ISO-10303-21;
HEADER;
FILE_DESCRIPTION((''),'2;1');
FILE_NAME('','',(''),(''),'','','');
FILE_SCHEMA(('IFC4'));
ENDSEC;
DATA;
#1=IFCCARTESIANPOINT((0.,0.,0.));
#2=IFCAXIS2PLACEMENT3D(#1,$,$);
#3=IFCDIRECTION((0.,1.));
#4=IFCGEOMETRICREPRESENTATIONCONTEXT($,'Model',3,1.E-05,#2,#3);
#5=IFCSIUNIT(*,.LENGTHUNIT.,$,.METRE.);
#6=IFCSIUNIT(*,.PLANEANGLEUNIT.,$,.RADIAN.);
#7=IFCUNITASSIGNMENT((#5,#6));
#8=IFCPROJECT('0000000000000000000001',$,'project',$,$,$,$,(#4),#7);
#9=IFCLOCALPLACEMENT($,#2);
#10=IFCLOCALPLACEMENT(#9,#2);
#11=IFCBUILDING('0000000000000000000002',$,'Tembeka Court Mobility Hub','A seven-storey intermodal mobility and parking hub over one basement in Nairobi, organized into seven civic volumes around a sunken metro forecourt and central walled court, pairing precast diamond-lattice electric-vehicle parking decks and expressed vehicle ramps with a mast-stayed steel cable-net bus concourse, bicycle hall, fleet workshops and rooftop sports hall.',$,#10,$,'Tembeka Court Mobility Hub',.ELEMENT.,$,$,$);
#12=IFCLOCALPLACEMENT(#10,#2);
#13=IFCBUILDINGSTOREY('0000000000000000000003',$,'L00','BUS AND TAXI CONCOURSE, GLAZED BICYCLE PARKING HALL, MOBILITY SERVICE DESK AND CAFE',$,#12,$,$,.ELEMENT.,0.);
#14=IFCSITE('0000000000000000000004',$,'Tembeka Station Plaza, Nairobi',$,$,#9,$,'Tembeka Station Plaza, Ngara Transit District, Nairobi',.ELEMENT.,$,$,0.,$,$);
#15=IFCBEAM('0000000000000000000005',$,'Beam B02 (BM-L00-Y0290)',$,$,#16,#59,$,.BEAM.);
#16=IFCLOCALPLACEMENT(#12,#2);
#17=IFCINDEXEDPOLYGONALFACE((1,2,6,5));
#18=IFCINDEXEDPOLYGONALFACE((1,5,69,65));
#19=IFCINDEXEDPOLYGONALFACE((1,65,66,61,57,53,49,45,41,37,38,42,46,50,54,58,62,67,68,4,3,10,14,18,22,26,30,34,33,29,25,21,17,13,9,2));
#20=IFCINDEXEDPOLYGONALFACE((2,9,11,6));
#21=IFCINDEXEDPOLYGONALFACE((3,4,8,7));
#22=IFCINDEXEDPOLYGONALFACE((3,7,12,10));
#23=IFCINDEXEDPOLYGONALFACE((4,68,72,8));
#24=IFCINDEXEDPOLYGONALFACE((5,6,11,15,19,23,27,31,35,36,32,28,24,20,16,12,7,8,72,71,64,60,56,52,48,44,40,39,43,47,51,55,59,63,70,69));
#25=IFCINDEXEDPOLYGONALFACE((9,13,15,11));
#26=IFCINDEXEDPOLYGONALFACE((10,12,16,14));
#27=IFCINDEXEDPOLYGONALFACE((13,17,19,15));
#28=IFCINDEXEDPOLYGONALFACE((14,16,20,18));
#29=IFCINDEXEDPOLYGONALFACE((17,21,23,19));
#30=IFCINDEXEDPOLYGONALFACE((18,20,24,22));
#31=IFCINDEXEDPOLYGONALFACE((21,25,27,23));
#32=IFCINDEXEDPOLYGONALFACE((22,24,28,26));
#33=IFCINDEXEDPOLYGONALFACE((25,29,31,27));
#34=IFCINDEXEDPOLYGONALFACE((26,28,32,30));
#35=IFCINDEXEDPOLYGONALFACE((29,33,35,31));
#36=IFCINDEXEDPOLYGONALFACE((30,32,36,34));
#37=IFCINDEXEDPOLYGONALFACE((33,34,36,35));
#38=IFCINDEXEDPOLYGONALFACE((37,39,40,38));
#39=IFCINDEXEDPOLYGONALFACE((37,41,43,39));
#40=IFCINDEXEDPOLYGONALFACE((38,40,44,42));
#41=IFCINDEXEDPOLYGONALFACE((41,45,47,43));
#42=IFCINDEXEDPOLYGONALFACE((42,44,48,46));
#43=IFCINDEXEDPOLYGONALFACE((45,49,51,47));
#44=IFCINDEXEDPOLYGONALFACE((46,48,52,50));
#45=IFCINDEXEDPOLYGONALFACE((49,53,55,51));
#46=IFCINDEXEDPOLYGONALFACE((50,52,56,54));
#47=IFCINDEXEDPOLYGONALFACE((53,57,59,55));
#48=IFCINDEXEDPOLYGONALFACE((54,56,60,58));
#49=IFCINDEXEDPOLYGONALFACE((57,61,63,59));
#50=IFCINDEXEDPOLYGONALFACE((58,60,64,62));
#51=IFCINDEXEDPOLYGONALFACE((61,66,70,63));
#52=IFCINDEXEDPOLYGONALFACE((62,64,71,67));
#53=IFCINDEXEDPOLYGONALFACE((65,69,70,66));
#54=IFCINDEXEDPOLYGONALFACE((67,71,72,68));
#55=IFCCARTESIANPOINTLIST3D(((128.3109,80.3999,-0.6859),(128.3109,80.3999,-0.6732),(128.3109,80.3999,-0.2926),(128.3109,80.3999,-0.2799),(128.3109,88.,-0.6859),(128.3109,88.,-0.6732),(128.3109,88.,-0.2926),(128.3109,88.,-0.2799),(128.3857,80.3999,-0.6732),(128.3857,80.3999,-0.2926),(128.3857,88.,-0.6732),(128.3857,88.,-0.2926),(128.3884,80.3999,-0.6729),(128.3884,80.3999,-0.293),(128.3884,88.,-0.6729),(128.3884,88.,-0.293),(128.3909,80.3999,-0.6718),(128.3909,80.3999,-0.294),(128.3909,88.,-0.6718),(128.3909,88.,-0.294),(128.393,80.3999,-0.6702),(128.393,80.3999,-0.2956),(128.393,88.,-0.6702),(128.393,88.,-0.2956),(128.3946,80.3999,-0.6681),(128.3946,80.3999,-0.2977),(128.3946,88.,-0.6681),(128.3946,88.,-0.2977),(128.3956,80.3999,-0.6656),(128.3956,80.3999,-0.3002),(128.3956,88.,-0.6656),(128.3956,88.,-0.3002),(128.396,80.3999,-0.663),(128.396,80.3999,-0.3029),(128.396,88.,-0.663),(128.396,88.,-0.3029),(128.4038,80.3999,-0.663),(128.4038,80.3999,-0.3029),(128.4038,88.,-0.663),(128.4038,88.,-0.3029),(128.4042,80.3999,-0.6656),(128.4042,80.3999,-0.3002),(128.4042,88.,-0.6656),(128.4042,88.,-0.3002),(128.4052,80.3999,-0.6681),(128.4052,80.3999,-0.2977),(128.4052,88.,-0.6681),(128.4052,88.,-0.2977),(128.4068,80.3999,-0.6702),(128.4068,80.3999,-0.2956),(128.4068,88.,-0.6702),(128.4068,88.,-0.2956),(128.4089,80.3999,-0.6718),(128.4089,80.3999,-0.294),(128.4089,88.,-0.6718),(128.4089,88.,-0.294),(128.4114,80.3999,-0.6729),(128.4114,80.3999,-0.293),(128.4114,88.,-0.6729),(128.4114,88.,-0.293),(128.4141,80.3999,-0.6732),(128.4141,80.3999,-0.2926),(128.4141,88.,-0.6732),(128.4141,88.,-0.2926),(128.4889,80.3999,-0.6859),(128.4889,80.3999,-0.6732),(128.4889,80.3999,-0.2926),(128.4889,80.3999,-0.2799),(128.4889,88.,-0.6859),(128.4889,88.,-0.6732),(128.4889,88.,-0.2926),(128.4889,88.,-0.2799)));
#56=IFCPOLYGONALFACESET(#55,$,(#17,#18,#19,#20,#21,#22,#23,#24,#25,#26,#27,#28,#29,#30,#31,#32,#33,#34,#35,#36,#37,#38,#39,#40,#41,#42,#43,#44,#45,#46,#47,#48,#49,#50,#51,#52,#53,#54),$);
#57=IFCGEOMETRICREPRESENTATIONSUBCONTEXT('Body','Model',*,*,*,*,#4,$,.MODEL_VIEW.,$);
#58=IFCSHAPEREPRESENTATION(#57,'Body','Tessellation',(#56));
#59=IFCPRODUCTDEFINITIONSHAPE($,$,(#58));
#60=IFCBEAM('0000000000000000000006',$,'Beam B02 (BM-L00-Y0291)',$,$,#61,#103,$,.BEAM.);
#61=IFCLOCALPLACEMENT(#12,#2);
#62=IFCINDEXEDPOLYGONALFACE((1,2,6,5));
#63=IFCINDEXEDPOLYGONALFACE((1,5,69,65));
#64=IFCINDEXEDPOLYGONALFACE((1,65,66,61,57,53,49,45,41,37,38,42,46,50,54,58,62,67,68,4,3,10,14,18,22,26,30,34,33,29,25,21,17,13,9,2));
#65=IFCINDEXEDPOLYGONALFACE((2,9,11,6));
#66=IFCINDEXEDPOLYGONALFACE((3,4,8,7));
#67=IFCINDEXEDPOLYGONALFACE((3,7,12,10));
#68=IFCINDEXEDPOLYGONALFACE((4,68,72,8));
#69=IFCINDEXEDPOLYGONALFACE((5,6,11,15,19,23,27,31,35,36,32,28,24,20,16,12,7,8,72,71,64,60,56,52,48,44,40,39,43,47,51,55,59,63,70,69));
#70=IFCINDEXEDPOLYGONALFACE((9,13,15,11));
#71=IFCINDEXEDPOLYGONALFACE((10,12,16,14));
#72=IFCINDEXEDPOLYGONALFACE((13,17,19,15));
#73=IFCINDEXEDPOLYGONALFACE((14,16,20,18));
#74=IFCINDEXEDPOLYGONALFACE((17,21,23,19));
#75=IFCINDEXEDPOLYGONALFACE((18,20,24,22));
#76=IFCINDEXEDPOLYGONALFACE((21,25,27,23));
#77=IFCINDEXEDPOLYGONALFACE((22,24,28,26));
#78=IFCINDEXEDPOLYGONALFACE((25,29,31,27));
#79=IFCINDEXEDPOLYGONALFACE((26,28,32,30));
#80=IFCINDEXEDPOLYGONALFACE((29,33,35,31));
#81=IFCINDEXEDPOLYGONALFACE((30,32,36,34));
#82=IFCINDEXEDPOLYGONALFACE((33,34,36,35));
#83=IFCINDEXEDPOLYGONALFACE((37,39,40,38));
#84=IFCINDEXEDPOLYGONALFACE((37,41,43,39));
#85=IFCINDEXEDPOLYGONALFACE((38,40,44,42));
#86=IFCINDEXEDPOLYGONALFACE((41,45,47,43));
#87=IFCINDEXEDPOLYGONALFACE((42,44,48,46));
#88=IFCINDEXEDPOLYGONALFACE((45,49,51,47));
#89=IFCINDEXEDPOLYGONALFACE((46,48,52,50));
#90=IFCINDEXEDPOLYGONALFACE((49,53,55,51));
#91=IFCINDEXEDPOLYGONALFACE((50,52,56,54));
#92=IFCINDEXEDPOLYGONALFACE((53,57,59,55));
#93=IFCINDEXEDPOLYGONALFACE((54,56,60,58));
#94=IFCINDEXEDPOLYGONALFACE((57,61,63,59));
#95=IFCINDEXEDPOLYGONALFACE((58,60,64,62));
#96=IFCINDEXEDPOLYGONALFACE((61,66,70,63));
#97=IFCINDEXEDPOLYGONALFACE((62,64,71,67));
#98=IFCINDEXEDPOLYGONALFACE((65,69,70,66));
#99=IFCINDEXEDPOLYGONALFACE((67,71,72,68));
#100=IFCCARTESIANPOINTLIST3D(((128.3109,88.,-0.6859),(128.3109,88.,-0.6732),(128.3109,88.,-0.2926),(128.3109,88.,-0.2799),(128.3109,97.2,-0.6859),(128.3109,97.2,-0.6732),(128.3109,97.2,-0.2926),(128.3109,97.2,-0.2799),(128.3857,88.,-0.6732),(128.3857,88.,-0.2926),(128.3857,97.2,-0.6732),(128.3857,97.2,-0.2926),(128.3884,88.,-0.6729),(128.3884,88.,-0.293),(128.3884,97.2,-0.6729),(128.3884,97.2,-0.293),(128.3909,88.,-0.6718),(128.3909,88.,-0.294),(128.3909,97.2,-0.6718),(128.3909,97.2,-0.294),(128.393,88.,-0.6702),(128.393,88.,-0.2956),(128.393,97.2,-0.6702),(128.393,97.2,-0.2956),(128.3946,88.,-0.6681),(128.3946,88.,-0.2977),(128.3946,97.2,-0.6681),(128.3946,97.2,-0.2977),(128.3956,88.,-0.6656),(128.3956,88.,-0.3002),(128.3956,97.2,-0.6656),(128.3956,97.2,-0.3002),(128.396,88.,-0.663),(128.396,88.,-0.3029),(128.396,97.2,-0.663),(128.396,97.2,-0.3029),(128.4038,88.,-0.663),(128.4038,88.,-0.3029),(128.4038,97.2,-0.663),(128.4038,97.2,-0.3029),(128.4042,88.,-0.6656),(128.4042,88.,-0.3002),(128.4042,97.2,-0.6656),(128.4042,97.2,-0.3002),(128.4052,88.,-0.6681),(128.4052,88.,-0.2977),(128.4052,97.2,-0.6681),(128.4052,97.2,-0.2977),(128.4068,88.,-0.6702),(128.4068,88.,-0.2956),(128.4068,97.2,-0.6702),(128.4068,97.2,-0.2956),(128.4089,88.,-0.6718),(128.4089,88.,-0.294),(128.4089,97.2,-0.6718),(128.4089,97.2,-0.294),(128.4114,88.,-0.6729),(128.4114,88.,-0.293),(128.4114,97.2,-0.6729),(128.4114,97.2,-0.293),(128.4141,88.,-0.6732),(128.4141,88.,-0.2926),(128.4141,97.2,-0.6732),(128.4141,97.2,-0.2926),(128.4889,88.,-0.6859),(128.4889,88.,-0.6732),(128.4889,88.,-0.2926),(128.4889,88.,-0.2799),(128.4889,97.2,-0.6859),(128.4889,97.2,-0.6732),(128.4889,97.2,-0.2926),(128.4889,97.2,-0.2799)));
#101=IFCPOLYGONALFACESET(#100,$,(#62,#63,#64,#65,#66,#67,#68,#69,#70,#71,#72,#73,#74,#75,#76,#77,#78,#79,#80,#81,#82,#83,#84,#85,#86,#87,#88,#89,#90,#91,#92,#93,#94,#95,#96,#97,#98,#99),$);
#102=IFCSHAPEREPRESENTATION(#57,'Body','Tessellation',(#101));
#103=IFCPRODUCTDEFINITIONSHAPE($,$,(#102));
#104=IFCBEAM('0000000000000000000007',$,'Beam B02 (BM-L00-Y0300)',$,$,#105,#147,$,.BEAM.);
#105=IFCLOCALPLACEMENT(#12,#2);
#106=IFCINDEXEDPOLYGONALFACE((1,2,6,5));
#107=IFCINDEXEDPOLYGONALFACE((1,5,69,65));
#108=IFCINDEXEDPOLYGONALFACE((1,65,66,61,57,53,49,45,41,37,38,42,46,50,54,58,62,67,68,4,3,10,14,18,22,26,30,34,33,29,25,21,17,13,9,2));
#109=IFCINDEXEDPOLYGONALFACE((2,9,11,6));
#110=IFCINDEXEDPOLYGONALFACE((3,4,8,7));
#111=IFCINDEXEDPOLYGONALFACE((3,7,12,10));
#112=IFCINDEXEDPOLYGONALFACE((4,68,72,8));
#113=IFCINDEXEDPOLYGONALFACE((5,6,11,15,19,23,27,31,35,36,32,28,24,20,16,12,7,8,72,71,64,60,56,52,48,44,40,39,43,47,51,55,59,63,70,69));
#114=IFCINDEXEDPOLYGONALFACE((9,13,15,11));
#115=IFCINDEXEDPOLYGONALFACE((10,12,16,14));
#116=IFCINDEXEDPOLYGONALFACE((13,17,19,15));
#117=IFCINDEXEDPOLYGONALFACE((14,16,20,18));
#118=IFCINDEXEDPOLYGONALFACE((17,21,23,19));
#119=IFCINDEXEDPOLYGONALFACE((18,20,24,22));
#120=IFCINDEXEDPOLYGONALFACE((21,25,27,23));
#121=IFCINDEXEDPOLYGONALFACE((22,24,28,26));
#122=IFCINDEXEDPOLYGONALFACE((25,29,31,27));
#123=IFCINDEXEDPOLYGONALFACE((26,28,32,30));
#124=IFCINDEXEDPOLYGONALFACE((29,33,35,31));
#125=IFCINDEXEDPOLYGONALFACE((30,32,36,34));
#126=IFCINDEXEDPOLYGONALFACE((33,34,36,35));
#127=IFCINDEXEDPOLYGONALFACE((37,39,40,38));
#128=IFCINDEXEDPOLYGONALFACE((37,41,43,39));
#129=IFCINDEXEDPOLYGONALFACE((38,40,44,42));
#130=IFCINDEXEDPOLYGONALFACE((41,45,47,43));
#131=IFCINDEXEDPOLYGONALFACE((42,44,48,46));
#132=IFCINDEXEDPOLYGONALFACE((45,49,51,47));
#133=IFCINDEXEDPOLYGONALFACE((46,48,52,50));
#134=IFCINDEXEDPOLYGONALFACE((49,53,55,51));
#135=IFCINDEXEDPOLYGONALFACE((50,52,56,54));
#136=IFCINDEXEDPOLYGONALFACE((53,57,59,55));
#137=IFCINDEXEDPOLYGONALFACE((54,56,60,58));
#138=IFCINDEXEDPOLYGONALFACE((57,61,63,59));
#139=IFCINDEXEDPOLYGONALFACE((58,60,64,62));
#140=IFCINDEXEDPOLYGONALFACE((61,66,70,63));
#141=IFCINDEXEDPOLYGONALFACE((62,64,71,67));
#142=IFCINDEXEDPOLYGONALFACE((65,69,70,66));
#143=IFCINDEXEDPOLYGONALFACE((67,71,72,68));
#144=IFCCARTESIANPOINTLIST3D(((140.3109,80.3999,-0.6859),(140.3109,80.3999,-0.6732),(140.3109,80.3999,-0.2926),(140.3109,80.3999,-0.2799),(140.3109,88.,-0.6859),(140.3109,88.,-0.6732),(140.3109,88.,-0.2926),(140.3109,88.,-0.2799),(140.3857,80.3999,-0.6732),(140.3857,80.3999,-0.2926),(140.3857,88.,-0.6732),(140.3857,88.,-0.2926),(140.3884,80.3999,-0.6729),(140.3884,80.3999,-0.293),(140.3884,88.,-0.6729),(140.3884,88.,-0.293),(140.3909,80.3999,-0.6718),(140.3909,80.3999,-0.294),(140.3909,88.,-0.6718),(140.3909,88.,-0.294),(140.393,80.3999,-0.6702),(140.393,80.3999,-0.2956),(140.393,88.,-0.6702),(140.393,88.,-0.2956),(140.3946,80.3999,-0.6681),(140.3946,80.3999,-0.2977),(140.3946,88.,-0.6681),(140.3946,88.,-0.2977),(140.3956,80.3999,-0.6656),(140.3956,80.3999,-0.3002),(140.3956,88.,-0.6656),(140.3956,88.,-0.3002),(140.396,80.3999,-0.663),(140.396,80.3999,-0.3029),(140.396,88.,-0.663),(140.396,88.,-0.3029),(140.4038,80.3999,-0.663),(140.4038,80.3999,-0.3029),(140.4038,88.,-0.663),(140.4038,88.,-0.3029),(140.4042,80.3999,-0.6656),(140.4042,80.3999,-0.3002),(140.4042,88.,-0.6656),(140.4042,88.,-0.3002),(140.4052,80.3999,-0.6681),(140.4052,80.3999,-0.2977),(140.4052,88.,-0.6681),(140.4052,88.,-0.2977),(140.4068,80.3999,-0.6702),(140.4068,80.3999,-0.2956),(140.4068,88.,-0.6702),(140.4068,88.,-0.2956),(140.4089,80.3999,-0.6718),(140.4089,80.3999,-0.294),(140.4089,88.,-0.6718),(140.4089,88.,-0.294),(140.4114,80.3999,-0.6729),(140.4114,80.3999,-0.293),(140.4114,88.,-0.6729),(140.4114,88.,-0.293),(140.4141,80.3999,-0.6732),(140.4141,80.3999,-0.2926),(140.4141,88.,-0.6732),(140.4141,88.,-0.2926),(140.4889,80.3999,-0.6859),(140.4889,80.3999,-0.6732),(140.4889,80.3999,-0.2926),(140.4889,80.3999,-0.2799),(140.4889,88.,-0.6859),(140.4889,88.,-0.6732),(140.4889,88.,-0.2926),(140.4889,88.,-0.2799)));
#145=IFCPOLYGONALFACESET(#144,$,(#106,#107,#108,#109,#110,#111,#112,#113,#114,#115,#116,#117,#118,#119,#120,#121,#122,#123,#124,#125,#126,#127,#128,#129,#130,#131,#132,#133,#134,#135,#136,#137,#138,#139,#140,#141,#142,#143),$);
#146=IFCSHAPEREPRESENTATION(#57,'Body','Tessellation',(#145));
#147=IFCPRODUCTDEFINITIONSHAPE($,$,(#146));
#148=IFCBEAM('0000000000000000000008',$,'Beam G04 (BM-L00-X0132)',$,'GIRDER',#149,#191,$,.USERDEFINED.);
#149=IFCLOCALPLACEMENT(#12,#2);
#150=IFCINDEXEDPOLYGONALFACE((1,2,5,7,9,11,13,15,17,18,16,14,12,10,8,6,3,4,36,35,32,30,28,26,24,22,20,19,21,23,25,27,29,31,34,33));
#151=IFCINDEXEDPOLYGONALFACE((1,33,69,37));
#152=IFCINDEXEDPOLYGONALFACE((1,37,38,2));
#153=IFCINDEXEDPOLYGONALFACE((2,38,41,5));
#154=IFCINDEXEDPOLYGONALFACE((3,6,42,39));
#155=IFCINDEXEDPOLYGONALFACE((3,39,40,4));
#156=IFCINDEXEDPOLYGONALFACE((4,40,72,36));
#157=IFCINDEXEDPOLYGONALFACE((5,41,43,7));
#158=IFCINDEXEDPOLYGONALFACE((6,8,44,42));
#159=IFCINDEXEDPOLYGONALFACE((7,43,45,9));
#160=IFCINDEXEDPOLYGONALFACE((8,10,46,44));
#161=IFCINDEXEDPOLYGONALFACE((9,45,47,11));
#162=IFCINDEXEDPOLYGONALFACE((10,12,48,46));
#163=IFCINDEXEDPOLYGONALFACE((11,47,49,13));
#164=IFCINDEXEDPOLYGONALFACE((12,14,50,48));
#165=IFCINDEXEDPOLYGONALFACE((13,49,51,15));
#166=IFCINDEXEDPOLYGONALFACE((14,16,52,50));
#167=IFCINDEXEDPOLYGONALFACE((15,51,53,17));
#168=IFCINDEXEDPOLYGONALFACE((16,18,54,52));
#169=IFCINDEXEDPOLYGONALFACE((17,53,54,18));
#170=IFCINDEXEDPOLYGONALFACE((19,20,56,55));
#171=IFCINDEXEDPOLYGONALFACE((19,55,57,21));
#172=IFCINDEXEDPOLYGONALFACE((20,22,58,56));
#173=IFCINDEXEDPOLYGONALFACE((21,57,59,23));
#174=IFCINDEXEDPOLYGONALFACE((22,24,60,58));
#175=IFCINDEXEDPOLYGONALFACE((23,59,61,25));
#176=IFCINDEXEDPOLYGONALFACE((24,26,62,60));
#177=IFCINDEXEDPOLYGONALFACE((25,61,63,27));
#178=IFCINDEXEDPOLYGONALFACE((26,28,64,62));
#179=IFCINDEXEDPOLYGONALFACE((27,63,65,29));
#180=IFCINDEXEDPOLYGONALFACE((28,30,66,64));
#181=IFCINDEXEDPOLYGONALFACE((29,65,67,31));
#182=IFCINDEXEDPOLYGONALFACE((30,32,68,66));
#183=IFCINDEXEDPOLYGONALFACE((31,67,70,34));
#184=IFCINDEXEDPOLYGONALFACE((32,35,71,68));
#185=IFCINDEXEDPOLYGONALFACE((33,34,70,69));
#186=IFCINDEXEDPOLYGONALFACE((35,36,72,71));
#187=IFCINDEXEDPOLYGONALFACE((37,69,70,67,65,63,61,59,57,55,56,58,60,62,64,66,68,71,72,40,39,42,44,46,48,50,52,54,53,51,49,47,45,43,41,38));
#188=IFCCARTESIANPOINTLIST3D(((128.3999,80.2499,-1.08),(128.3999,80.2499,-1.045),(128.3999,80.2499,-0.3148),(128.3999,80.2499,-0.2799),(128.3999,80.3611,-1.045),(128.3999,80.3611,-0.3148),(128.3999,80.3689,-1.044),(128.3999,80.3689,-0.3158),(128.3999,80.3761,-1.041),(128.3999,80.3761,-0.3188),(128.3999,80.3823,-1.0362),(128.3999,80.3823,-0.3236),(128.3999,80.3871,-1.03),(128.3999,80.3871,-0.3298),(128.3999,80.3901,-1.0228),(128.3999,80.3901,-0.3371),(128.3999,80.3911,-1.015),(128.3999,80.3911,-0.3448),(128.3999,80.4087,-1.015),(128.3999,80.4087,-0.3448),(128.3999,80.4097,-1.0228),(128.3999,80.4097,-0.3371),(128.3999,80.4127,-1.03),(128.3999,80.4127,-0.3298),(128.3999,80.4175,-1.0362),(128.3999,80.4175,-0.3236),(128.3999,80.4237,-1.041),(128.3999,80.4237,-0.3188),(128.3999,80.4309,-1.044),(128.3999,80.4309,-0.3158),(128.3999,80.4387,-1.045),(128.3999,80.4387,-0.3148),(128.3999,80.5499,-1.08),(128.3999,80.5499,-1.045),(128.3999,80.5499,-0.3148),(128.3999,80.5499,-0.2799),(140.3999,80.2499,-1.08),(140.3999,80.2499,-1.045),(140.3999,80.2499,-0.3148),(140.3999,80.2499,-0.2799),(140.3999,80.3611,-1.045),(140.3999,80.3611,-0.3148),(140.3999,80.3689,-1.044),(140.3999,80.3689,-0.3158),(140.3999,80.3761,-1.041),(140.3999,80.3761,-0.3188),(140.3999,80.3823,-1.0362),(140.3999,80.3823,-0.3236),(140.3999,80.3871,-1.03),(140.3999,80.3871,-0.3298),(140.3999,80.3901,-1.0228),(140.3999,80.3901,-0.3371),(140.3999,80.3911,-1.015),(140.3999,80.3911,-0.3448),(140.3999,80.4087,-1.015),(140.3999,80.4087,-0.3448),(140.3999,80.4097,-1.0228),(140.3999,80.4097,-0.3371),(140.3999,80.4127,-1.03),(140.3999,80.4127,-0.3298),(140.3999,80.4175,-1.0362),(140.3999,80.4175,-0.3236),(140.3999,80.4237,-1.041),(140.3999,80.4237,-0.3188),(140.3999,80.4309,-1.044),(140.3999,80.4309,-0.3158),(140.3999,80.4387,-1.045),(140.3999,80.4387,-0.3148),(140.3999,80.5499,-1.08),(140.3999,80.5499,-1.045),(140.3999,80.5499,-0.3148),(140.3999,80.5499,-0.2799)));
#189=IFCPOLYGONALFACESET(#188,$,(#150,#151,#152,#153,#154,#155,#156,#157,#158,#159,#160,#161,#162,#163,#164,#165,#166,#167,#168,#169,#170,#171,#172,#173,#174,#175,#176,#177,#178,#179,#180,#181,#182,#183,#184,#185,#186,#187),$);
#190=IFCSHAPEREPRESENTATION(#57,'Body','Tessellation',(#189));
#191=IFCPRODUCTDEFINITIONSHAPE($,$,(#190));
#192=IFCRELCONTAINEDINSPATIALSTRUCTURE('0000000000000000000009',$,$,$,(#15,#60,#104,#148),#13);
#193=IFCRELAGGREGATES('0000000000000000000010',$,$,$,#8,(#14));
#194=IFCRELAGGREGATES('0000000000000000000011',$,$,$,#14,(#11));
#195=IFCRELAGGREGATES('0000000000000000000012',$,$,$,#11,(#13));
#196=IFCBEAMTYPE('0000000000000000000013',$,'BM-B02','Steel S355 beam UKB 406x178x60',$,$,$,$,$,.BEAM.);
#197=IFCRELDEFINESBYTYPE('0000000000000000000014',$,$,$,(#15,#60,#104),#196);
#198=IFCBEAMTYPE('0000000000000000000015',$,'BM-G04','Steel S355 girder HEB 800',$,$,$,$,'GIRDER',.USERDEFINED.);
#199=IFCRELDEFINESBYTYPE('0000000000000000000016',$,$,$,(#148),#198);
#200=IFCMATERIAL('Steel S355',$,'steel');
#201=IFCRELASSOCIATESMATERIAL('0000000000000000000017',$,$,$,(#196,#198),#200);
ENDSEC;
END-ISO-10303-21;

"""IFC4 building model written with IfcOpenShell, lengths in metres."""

from ifc_helpers import new_model, si_unit, direction, frame, origin, origin_2d, place, context, subcontext, project, spatial, i_section, extrude, material, material_profile, profile_set, type_object, element, save


model = new_model("IFC4")

# Units and contexts
model_context = context("Model", 3, precision=1e-05, world=origin(), true_north=direction((0.0, 1.0)))
body_context = subcontext(model_context, "Body", "Model", "MODEL_VIEW")
ifc_project = project(units=[si_unit("LENGTHUNIT", "METRE"), si_unit("PLANEANGLEUNIT", "RADIAN")], contexts=[model_context])

# Site, building, storey
site_placement = place(None, origin())
site = spatial("IfcSite", under=ifc_project, at=site_placement, Name="Tembeka Station Plaza, Nairobi", LongName="Tembeka Station Plaza, Ngara Transit District, Nairobi", CompositionType="ELEMENT", RefElevation=0.0)
building_placement = place(site_placement, origin())
building = spatial("IfcBuilding", under=site, at=building_placement, Name="Tembeka Court Mobility Hub", Description="A seven-storey intermodal mobility and parking hub over one basement in Nairobi, organized into seven civic volumes around a sunken metro forecourt and central walled court, pairing precast diamond-lattice electric-vehicle parking decks and expressed vehicle ramps with a mast-stayed steel cable-net bus concourse, bicycle hall, fleet workshops and rooftop sports hall.", LongName="Tembeka Court Mobility Hub", CompositionType="ELEMENT")
storey_placement = place(building_placement, origin())
storey = spatial("IfcBuildingStorey", under=building, at=storey_placement, Name="L00", Description="BUS AND TAXI CONCOURSE, GLAZED BICYCLE PARKING HALL, MOBILITY SERVICE DESK AND CAFE", CompositionType="ELEMENT", Elevation=0.0)

# Shared definitions
ifc_material_1 = material(Name="Steel S355", Category="steel")

# Beams
ifc_material_profile_1 = material_profile(ifc_material_1, i_section(OverallWidth=0.178, OverallDepth=0.406, WebThickness=0.0078, FlangeThickness=0.0127, FilletRadius=0.0103, at=origin_2d()), Name="UKB 406x178x60")
ifc_profile_set_1 = profile_set([ifc_material_profile_1], Name="Steel S355")
beam_type_1 = type_object("IfcBeamType", Name="BM-B02", Description="Steel S355 beam UKB 406x178x60", PredefinedType="BEAM", material=ifc_profile_set_1)
beam_1_placement = place(storey_placement, frame((128.3999, 80.3999, -0.4829), z_axis=(0.0, 1.0, 0.0), x_axis=(-1.0, 0.0, 0.0)))
element("IfcBeam", 1, at=beam_1_placement, inside=storey, type_object=beam_type_1, Name="Beam B02 (BM-L00-Y0290)", PredefinedType="BEAM", context=body_context, shape_type="SweptSolid", body=[
    extrude(i_section(OverallWidth=0.178, OverallDepth=0.406, WebThickness=0.0078, FlangeThickness=0.0127, FilletRadius=0.0103, at=origin_2d()), origin(), (0.0, 0.0, 1.0), 7.6001),
])
beam_2_placement = place(storey_placement, frame((128.3999, 88.0, -0.4829), z_axis=(0.0, 1.0, 0.0), x_axis=(-1.0, 0.0, 0.0)))
element("IfcBeam", 2, at=beam_2_placement, inside=storey, type_object=beam_type_1, Name="Beam B02 (BM-L00-Y0291)", PredefinedType="BEAM", context=body_context, shape_type="SweptSolid", body=[
    extrude(i_section(OverallWidth=0.178, OverallDepth=0.406, WebThickness=0.0078, FlangeThickness=0.0127, FilletRadius=0.0103, at=origin_2d()), origin(), (0.0, 0.0, 1.0), 9.2),
])
beam_3_placement = place(storey_placement, frame((140.3999, 80.3999, -0.4829), z_axis=(0.0, 1.0, 0.0), x_axis=(-1.0, 0.0, 0.0)))
element("IfcBeam", 3, at=beam_3_placement, inside=storey, type_object=beam_type_1, Name="Beam B02 (BM-L00-Y0300)", PredefinedType="BEAM", context=body_context, shape_type="SweptSolid", body=[
    extrude(i_section(OverallWidth=0.178, OverallDepth=0.406, WebThickness=0.0078, FlangeThickness=0.0127, FilletRadius=0.0103, at=origin_2d()), origin(), (0.0, 0.0, 1.0), 7.6001),
])
ifc_material_profile_2 = material_profile(ifc_material_1, i_section(OverallWidth=0.3, OverallDepth=0.8, WebThickness=0.0176, FlangeThickness=0.0349, FilletRadius=0.03, at=origin_2d()), Name="HEB 800")
ifc_profile_set_2 = profile_set([ifc_material_profile_2], Name="Steel S355")
beam_type_2 = type_object("IfcBeamType", Name="BM-G04", Description="Steel S355 girder HEB 800", ElementType="GIRDER", PredefinedType="USERDEFINED", material=ifc_profile_set_2)
for number, where, z_axis, x_axis, name in (
    (4, (128.3999, 80.3999, -0.6799), (1.0, 0.0, 0.0), (0.0, 1.0, 0.0), "Beam G04 (BM-L00-X0132)"),
):
    element("IfcBeam", number, at=place(storey_placement, frame(where, z_axis=z_axis, x_axis=x_axis)), inside=storey, type_object=beam_type_2, Name=name, ObjectType="GIRDER", PredefinedType="USERDEFINED", context=body_context, shape_type="SweptSolid", body=[
        extrude(i_section(OverallWidth=0.3, OverallDepth=0.8, WebThickness=0.0176, FlangeThickness=0.0349, FilletRadius=0.03, at=origin_2d()), origin(), (0.0, 0.0, 1.0), 12.0),
    ])

save(model, "model.ifc")
